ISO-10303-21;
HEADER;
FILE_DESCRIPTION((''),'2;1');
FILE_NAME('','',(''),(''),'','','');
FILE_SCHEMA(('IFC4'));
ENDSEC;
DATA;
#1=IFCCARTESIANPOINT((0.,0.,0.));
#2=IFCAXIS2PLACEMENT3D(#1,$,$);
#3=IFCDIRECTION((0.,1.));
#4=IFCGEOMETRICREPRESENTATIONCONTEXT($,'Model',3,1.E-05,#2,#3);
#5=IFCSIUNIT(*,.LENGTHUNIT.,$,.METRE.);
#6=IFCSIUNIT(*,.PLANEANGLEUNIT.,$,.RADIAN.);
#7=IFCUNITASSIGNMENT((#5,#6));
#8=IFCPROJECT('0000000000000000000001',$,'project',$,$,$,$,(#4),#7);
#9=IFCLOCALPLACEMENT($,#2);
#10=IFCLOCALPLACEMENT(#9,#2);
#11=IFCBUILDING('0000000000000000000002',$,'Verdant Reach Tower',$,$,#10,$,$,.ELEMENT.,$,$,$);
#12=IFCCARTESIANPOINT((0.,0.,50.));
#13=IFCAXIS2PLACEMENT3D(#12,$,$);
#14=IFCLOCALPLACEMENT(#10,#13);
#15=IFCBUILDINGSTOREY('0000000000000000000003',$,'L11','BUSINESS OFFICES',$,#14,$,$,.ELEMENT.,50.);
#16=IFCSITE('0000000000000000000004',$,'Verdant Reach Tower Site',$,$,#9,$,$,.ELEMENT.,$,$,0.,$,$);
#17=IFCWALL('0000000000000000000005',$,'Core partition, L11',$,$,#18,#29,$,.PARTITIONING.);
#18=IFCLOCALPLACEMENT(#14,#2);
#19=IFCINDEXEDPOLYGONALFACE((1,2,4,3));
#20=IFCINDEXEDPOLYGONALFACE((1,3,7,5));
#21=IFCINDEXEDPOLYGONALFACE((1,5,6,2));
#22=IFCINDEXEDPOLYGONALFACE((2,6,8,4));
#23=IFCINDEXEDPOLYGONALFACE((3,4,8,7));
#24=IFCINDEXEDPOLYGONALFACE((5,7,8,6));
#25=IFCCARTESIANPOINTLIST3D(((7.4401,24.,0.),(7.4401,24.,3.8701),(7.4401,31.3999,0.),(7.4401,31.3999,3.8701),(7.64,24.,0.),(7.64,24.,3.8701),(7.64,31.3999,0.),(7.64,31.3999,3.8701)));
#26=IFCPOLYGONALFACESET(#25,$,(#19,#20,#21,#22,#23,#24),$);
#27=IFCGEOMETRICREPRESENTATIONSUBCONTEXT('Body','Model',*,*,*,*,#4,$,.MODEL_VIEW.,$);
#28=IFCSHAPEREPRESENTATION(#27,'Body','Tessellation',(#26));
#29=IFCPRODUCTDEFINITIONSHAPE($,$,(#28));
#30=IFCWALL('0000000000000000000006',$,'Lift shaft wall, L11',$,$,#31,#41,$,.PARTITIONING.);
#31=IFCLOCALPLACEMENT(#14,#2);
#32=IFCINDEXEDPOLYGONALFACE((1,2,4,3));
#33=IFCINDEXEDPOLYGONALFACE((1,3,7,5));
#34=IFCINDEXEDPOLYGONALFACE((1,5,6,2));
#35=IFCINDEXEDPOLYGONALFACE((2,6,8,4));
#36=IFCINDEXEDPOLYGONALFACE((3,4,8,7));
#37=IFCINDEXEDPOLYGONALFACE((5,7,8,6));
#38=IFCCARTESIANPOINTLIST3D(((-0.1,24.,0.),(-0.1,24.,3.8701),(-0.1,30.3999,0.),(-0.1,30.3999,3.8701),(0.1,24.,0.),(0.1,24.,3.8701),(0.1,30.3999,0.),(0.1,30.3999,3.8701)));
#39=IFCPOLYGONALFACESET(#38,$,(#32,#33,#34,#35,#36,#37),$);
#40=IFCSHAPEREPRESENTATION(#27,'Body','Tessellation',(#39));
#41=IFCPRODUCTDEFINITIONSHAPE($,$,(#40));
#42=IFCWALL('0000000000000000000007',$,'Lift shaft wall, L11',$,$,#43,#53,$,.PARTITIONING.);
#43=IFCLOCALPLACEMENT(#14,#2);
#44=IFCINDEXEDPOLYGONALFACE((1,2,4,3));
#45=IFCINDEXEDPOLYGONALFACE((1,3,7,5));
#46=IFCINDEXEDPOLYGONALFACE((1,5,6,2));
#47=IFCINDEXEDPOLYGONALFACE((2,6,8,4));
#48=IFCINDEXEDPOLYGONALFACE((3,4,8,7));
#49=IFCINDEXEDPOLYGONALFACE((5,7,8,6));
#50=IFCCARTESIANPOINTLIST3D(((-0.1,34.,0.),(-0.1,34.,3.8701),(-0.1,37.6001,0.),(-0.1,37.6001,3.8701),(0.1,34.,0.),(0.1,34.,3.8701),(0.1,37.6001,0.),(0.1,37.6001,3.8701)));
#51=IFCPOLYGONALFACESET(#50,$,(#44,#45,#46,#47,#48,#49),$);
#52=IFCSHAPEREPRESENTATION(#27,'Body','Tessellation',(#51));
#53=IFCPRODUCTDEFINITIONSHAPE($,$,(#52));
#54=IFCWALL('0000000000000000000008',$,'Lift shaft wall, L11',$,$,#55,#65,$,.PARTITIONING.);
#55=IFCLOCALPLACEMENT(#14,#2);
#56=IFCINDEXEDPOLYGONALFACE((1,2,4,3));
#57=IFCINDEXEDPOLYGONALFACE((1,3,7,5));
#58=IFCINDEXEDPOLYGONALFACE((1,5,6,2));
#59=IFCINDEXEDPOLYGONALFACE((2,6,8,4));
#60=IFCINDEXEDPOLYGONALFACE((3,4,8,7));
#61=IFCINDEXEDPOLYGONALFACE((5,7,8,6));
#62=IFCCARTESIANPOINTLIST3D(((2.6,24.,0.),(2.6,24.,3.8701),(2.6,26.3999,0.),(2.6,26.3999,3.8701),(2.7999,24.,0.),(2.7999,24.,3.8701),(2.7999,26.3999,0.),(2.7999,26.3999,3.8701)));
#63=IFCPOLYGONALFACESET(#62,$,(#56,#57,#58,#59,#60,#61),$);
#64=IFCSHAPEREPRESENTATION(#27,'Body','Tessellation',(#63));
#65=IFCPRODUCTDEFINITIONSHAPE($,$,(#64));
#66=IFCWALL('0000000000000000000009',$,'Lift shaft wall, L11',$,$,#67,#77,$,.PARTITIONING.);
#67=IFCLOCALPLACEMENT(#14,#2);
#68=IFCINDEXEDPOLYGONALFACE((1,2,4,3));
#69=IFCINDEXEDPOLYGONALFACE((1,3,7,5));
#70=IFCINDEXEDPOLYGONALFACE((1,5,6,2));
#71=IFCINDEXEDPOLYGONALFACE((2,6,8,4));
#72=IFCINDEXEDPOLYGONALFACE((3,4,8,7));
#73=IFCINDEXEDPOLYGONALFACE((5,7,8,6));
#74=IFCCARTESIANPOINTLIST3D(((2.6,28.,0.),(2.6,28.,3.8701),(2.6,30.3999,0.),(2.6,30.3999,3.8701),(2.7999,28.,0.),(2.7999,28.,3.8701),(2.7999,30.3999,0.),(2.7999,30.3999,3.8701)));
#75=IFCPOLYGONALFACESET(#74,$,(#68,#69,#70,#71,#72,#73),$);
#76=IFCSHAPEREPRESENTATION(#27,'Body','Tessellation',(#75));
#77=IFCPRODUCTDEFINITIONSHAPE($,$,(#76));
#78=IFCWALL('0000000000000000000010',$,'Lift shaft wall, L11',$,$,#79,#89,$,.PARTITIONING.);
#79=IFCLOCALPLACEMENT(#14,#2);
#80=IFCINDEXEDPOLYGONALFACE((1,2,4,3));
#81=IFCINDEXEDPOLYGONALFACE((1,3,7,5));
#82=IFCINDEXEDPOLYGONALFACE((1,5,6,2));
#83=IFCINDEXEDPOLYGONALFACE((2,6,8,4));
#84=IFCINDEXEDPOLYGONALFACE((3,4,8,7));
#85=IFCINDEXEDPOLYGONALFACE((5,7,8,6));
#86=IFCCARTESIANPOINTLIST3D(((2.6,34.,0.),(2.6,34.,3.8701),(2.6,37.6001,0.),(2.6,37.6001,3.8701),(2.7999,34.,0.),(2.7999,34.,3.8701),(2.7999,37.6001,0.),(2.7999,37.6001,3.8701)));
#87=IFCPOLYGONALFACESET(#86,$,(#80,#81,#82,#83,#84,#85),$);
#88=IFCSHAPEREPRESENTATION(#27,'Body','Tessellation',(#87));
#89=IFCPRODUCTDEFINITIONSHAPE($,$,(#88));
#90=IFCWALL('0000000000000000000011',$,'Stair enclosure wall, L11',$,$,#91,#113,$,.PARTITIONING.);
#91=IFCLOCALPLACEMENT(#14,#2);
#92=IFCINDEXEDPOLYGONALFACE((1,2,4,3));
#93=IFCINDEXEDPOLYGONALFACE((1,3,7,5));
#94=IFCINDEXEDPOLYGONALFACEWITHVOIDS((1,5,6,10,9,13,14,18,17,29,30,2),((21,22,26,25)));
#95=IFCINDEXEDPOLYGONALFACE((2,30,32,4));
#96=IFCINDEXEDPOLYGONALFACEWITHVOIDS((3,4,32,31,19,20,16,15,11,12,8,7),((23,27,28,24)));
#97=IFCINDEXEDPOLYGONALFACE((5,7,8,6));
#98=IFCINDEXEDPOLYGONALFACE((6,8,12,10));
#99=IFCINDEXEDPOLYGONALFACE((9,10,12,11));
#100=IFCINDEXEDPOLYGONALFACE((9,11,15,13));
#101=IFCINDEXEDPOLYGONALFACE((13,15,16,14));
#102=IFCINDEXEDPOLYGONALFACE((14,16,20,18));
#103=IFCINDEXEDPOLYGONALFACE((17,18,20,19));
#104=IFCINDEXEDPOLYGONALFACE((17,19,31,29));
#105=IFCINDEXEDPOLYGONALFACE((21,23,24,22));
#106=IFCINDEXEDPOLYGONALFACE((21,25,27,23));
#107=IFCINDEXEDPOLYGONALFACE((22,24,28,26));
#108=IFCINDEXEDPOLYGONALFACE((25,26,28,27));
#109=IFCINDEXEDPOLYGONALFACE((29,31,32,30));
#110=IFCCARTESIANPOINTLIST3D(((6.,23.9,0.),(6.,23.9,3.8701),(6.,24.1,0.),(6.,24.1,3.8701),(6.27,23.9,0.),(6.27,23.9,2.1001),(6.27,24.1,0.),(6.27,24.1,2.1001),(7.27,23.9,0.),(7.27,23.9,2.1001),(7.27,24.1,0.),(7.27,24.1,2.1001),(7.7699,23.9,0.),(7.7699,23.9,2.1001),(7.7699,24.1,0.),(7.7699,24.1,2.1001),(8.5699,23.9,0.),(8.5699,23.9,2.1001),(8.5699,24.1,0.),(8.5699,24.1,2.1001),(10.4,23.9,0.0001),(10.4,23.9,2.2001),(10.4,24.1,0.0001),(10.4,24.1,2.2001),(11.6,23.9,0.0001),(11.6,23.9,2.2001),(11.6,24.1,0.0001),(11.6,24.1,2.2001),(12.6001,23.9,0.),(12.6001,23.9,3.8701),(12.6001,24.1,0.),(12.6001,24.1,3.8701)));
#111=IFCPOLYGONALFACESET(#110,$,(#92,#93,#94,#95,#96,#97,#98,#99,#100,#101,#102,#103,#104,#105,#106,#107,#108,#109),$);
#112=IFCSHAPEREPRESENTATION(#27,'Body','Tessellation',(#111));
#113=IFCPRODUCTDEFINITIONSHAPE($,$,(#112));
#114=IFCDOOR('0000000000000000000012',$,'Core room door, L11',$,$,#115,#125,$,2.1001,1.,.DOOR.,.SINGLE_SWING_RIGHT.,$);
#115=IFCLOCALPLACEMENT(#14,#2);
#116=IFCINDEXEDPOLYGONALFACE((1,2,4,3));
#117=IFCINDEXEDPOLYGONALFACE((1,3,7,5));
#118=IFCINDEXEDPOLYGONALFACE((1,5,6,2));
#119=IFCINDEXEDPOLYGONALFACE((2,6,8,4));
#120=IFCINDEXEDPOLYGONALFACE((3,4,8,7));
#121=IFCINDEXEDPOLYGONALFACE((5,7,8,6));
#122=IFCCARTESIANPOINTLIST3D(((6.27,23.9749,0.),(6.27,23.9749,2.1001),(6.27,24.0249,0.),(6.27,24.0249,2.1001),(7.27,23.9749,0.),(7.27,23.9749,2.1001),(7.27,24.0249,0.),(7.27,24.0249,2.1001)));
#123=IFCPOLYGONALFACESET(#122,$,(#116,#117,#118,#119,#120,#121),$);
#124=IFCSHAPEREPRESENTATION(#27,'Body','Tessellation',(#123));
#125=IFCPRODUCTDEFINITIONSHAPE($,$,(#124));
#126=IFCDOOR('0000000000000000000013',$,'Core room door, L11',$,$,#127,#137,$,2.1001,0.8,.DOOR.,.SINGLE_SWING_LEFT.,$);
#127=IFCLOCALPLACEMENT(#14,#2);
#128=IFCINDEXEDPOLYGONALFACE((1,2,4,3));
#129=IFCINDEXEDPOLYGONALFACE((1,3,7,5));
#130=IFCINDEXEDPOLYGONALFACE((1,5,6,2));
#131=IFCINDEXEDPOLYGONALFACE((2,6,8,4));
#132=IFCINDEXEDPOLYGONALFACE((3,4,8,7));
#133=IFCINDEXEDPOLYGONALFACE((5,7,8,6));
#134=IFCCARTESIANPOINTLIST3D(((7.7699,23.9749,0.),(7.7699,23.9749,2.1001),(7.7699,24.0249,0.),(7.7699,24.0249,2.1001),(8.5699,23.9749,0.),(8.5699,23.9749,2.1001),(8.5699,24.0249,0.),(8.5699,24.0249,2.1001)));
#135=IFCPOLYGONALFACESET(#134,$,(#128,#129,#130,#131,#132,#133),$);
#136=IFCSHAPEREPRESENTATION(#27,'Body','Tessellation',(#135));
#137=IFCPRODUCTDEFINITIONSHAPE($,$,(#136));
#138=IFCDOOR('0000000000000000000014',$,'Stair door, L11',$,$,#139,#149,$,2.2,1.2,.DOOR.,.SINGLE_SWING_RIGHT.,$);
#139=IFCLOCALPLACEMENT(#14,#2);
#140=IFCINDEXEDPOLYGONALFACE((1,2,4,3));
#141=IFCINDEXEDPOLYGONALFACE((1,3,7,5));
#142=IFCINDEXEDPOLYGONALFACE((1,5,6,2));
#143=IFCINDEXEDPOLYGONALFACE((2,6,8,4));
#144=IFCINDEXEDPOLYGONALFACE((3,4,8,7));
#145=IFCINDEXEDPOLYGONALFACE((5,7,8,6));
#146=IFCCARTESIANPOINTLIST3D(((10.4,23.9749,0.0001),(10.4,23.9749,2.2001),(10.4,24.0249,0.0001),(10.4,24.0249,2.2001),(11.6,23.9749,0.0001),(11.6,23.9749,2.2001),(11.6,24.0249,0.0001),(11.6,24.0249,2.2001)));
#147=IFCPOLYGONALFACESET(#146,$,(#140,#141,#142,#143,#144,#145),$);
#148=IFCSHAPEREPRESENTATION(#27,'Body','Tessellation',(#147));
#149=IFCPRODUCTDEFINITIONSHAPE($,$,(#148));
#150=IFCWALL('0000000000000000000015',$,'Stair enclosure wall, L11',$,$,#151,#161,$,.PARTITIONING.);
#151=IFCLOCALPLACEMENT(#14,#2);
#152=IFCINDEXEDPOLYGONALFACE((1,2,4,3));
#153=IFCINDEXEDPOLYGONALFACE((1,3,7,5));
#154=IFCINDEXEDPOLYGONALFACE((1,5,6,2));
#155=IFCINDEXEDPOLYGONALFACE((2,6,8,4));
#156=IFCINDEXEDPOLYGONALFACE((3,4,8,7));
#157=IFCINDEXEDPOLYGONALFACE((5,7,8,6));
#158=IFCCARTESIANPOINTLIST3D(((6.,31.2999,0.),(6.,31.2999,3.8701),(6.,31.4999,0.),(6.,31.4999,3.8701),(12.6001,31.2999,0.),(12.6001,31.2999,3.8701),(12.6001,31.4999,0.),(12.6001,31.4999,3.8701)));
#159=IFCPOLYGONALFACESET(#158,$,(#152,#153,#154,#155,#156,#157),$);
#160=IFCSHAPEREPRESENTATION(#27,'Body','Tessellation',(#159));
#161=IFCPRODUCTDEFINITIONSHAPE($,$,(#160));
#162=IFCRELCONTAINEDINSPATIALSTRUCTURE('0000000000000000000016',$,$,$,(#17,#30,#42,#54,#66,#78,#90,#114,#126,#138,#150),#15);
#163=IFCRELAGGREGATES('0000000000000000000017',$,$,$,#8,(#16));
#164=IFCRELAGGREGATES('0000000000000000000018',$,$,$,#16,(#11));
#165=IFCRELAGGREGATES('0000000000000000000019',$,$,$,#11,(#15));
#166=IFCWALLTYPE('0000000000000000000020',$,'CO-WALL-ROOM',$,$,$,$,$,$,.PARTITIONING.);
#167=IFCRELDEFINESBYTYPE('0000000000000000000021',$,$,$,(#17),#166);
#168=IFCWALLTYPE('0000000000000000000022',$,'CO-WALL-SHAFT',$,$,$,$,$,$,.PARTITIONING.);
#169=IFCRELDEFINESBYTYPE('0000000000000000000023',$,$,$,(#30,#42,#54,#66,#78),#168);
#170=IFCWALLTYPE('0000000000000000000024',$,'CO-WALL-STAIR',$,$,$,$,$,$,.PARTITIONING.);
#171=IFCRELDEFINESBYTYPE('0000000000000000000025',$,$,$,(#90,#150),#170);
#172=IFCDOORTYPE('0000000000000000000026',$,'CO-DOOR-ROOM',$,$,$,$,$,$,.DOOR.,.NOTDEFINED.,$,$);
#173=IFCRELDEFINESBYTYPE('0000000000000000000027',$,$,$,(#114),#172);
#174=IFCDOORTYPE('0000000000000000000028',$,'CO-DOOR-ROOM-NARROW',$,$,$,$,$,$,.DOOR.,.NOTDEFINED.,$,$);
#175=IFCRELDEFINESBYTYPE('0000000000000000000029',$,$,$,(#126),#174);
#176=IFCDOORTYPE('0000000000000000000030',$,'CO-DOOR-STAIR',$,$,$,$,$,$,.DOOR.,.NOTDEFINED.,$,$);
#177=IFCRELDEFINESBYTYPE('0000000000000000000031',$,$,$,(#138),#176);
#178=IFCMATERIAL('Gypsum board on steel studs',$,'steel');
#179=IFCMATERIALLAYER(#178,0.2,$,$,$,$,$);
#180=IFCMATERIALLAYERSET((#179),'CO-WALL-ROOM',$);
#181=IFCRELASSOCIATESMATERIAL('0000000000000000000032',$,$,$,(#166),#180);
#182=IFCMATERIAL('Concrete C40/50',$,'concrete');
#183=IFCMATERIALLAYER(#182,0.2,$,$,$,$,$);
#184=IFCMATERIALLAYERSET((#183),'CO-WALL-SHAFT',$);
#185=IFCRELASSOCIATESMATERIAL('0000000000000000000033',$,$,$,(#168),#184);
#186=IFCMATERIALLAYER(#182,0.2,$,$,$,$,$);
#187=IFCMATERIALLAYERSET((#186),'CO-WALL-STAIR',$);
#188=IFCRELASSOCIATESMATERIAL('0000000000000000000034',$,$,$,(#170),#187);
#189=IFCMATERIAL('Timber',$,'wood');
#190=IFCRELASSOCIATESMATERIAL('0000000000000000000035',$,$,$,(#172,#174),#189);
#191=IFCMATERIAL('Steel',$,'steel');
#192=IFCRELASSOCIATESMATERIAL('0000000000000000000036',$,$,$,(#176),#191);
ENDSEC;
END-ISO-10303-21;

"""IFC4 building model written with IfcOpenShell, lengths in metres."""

from ifc_helpers import new_model, si_unit, direction, frame, frame_2d, origin, place, context, subcontext, project, spatial, rectangle, extrude, material, layer, layer_set, type_object, element, fill, save


model = new_model("IFC4")

# Units and contexts
model_context = context("Model", 3, precision=1e-05, world=origin(), true_north=direction((0.0, 1.0)))
body_context = subcontext(model_context, "Body", "Model", "MODEL_VIEW")
ifc_project = project(units=[si_unit("LENGTHUNIT", "METRE"), si_unit("PLANEANGLEUNIT", "RADIAN")], contexts=[model_context])

# Site, building, storey
site_placement = place(None, origin())
site = spatial("IfcSite", under=ifc_project, at=site_placement, Name="Verdant Reach Tower Site", CompositionType="ELEMENT", RefElevation=0.0)
building_placement = place(site_placement, origin())
building = spatial("IfcBuilding", under=site, at=building_placement, Name="Verdant Reach Tower", CompositionType="ELEMENT")
storey_placement = place(building_placement, frame((0.0, 0.0, 50.0)))
storey = spatial("IfcBuildingStorey", under=building, at=storey_placement, Name="L11", Description="BUSINESS OFFICES", CompositionType="ELEMENT", Elevation=50.0)

# Walls
ifc_material_1 = material(Name="Gypsum board on steel studs", Category="steel")
ifc_layer_1 = layer(ifc_material_1, 0.2)
ifc_layer_set_1 = layer_set([ifc_layer_1], Name="CO-WALL-ROOM")
wall_type_1 = type_object("IfcWallType", Name="CO-WALL-ROOM", PredefinedType="PARTITIONING", material=ifc_layer_set_1)
wall_1_placement = place(storey_placement, frame((7.54, 24.0, 0.0), z_axis=(0.0, 0.0, 1.0), x_axis=(0.0, 1.0, 0.0)))
element("IfcWall", 1, at=wall_1_placement, inside=storey, type_object=wall_type_1, Name="Core partition, L11", PredefinedType="PARTITIONING", context=body_context, shape_type="SweptSolid", body=[
    extrude(rectangle(XDim=7.3999, YDim=0.2, at=frame_2d((3.7, 0.0))), origin(), (0.0, 0.0, 1.0), 3.8701),
])
ifc_material_2 = material(Name="Concrete C40/50", Category="concrete")
ifc_layer_2 = layer(ifc_material_2, 0.2)
ifc_layer_set_2 = layer_set([ifc_layer_2], Name="CO-WALL-SHAFT")
wall_type_2 = type_object("IfcWallType", Name="CO-WALL-SHAFT", PredefinedType="PARTITIONING", material=ifc_layer_set_2)
wall_2_placement = place(storey_placement, frame((0.0, 24.0, 0.0), z_axis=(0.0, 0.0, 1.0), x_axis=(0.0, 1.0, 0.0)))
element("IfcWall", 2, at=wall_2_placement, inside=storey, type_object=wall_type_2, Name="Lift shaft wall, L11", PredefinedType="PARTITIONING", context=body_context, shape_type="SweptSolid", body=[
    extrude(rectangle(XDim=6.3999, YDim=0.2, at=frame_2d((3.2, 0.0))), origin(), (0.0, 0.0, 1.0), 3.8701),
])
wall_3_placement = place(storey_placement, frame((0.0, 34.0, 0.0), z_axis=(0.0, 0.0, 1.0), x_axis=(0.0, 1.0, 0.0)))
element("IfcWall", 3, at=wall_3_placement, inside=storey, type_object=wall_type_2, Name="Lift shaft wall, L11", PredefinedType="PARTITIONING", context=body_context, shape_type="SweptSolid", body=[
    extrude(rectangle(XDim=3.6001, YDim=0.2, at=frame_2d((1.8, 0.0))), origin(), (0.0, 0.0, 1.0), 3.8701),
])
for number, where, z_axis, x_axis, name in (
    (4, (2.7, 24.0, 0.0), (0.0, 0.0, 1.0), (0.0, 1.0, 0.0), "Lift shaft wall, L11"),
    (5, (2.7, 28.0, 0.0), (0.0, 0.0, 1.0), (0.0, 1.0, 0.0), "Lift shaft wall, L11"),
):
    element("IfcWall", number, at=place(storey_placement, frame(where, z_axis=z_axis, x_axis=x_axis)), inside=storey, type_object=wall_type_2, Name=name, PredefinedType="PARTITIONING", context=body_context, shape_type="SweptSolid", body=[
        extrude(rectangle(XDim=2.3999, YDim=0.2, at=frame_2d((1.2, 0.0))), origin(), (0.0, 0.0, 1.0), 3.8701),
    ])
wall_4_placement = place(storey_placement, frame((2.7, 34.0, 0.0), z_axis=(0.0, 0.0, 1.0), x_axis=(0.0, 1.0, 0.0)))
element("IfcWall", 6, at=wall_4_placement, inside=storey, type_object=wall_type_2, Name="Lift shaft wall, L11", PredefinedType="PARTITIONING", context=body_context, shape_type="SweptSolid", body=[
    extrude(rectangle(XDim=3.6001, YDim=0.2, at=frame_2d((1.8, 0.0))), origin(), (0.0, 0.0, 1.0), 3.8701),
])

# Wall, openings, doors
ifc_layer_3 = layer(ifc_material_2, 0.2)
ifc_layer_set_3 = layer_set([ifc_layer_3], Name="CO-WALL-STAIR")
wall_type_3 = type_object("IfcWallType", Name="CO-WALL-STAIR", PredefinedType="PARTITIONING", material=ifc_layer_set_3)
wall_5_placement = place(storey_placement, frame((6.0, 24.0, 0.0), z_axis=(0.0, 0.0, 1.0), x_axis=(1.0, 0.0, 0.0)))
wall_5 = element("IfcWall", 7, at=wall_5_placement, inside=storey, type_object=wall_type_3, Name="Stair enclosure wall, L11", PredefinedType="PARTITIONING", context=body_context, shape_type="SweptSolid", body=[
    extrude(rectangle(XDim=6.6001, YDim=0.2, at=frame_2d((3.3, 0.0))), origin(), (0.0, 0.0, 1.0), 3.8701),
])
opening_1_placement = place(wall_5_placement, frame((0.27, 0.0, 0.0)))
opening_1 = element("IfcOpeningElement", 8, at=opening_1_placement, cuts=wall_5, PredefinedType="OPENING", context=body_context, shape_type="SweptSolid", body=[
    extrude(rectangle(XDim=1.0, YDim=2.1001, at=frame_2d((0.5, 1.05))), frame((0.0, 0.1099, 0.0), z_axis=(0.0, -1.0, 0.0), x_axis=(1.0, 0.0, 0.0)), (0.0, 0.0, 1.0), 0.22),
])
opening_2_placement = place(wall_5_placement, frame((1.77, 0.0, 0.0)))
opening_2 = element("IfcOpeningElement", 9, at=opening_2_placement, cuts=wall_5, PredefinedType="OPENING", context=body_context, shape_type="SweptSolid", body=[
    extrude(rectangle(XDim=0.8, YDim=2.1001, at=frame_2d((0.3999, 1.05))), frame((0.0, 0.1099, 0.0), z_axis=(0.0, -1.0, 0.0), x_axis=(1.0, 0.0, 0.0)), (0.0, 0.0, 1.0), 0.22),
])
opening_3_placement = place(wall_5_placement, frame((4.3999, 0.0, 0.0)))
opening_3 = element("IfcOpeningElement", 10, at=opening_3_placement, cuts=wall_5, PredefinedType="OPENING", context=body_context, shape_type="SweptSolid", body=[
    extrude(rectangle(XDim=1.2, YDim=2.2, at=frame_2d((0.6001, 1.1001))), frame((0.0, 0.1099, 0.0), z_axis=(0.0, -1.0, 0.0), x_axis=(1.0, 0.0, 0.0)), (0.0, 0.0, 1.0), 0.22),
])
ifc_material_3 = material(Name="Timber", Category="wood")
door_type_1 = type_object("IfcDoorType", Name="CO-DOOR-ROOM", OperationType="NOTDEFINED", PredefinedType="DOOR", material=ifc_material_3)
door_1_placement = place(opening_1_placement, origin())
door_1 = element("IfcDoor", 11, at=door_1_placement, inside=storey, type_object=door_type_1, Name="Core room door, L11", OperationType="SINGLE_SWING_RIGHT", OverallHeight=2.1001, OverallWidth=1.0, PredefinedType="DOOR", context=body_context, shape_type="SweptSolid", body=[
    extrude(rectangle(XDim=1.0, YDim=2.1001, at=frame_2d((0.5, 1.05))), frame((0.0, 0.0249, 0.0), z_axis=(0.0, -1.0, 0.0), x_axis=(1.0, 0.0, 0.0)), (0.0, 0.0, 1.0), 0.05),
])
fill(opening_1, door_1)
door_type_2 = type_object("IfcDoorType", Name="CO-DOOR-ROOM-NARROW", OperationType="NOTDEFINED", PredefinedType="DOOR", material=ifc_material_3)
door_2_placement = place(opening_2_placement, origin())
door_2 = element("IfcDoor", 12, at=door_2_placement, inside=storey, type_object=door_type_2, Name="Core room door, L11", OperationType="SINGLE_SWING_LEFT", OverallHeight=2.1001, OverallWidth=0.8, PredefinedType="DOOR", context=body_context, shape_type="SweptSolid", body=[
    extrude(rectangle(XDim=0.8, YDim=2.1001, at=frame_2d((0.3999, 1.05))), frame((0.0, 0.0249, 0.0), z_axis=(0.0, -1.0, 0.0), x_axis=(1.0, 0.0, 0.0)), (0.0, 0.0, 1.0), 0.05),
])
fill(opening_2, door_2)
ifc_material_4 = material(Name="Steel", Category="steel")
door_type_3 = type_object("IfcDoorType", Name="CO-DOOR-STAIR", OperationType="NOTDEFINED", PredefinedType="DOOR", material=ifc_material_4)
door_3_placement = place(opening_3_placement, origin())
door_3 = element("IfcDoor", 13, at=door_3_placement, inside=storey, type_object=door_type_3, Name="Stair door, L11", OperationType="SINGLE_SWING_RIGHT", OverallHeight=2.2, OverallWidth=1.2, PredefinedType="DOOR", context=body_context, shape_type="SweptSolid", body=[
    extrude(rectangle(XDim=1.2, YDim=2.2, at=frame_2d((0.6001, 1.1001))), frame((0.0, 0.0249, 0.0), z_axis=(0.0, -1.0, 0.0), x_axis=(1.0, 0.0, 0.0)), (0.0, 0.0, 1.0), 0.05),
])
fill(opening_3, door_3)

# Wall
wall_6_placement = place(storey_placement, frame((6.0, 31.3999, 0.0), z_axis=(0.0, 0.0, 1.0), x_axis=(1.0, 0.0, 0.0)))
element("IfcWall", 14, at=wall_6_placement, inside=storey, type_object=wall_type_3, Name="Stair enclosure wall, L11", PredefinedType="PARTITIONING", context=body_context, shape_type="SweptSolid", body=[
    extrude(rectangle(XDim=6.6001, YDim=0.2, at=frame_2d((3.3, 0.0))), origin(), (0.0, 0.0, 1.0), 3.8701),
])

save(model, "model.ifc")
